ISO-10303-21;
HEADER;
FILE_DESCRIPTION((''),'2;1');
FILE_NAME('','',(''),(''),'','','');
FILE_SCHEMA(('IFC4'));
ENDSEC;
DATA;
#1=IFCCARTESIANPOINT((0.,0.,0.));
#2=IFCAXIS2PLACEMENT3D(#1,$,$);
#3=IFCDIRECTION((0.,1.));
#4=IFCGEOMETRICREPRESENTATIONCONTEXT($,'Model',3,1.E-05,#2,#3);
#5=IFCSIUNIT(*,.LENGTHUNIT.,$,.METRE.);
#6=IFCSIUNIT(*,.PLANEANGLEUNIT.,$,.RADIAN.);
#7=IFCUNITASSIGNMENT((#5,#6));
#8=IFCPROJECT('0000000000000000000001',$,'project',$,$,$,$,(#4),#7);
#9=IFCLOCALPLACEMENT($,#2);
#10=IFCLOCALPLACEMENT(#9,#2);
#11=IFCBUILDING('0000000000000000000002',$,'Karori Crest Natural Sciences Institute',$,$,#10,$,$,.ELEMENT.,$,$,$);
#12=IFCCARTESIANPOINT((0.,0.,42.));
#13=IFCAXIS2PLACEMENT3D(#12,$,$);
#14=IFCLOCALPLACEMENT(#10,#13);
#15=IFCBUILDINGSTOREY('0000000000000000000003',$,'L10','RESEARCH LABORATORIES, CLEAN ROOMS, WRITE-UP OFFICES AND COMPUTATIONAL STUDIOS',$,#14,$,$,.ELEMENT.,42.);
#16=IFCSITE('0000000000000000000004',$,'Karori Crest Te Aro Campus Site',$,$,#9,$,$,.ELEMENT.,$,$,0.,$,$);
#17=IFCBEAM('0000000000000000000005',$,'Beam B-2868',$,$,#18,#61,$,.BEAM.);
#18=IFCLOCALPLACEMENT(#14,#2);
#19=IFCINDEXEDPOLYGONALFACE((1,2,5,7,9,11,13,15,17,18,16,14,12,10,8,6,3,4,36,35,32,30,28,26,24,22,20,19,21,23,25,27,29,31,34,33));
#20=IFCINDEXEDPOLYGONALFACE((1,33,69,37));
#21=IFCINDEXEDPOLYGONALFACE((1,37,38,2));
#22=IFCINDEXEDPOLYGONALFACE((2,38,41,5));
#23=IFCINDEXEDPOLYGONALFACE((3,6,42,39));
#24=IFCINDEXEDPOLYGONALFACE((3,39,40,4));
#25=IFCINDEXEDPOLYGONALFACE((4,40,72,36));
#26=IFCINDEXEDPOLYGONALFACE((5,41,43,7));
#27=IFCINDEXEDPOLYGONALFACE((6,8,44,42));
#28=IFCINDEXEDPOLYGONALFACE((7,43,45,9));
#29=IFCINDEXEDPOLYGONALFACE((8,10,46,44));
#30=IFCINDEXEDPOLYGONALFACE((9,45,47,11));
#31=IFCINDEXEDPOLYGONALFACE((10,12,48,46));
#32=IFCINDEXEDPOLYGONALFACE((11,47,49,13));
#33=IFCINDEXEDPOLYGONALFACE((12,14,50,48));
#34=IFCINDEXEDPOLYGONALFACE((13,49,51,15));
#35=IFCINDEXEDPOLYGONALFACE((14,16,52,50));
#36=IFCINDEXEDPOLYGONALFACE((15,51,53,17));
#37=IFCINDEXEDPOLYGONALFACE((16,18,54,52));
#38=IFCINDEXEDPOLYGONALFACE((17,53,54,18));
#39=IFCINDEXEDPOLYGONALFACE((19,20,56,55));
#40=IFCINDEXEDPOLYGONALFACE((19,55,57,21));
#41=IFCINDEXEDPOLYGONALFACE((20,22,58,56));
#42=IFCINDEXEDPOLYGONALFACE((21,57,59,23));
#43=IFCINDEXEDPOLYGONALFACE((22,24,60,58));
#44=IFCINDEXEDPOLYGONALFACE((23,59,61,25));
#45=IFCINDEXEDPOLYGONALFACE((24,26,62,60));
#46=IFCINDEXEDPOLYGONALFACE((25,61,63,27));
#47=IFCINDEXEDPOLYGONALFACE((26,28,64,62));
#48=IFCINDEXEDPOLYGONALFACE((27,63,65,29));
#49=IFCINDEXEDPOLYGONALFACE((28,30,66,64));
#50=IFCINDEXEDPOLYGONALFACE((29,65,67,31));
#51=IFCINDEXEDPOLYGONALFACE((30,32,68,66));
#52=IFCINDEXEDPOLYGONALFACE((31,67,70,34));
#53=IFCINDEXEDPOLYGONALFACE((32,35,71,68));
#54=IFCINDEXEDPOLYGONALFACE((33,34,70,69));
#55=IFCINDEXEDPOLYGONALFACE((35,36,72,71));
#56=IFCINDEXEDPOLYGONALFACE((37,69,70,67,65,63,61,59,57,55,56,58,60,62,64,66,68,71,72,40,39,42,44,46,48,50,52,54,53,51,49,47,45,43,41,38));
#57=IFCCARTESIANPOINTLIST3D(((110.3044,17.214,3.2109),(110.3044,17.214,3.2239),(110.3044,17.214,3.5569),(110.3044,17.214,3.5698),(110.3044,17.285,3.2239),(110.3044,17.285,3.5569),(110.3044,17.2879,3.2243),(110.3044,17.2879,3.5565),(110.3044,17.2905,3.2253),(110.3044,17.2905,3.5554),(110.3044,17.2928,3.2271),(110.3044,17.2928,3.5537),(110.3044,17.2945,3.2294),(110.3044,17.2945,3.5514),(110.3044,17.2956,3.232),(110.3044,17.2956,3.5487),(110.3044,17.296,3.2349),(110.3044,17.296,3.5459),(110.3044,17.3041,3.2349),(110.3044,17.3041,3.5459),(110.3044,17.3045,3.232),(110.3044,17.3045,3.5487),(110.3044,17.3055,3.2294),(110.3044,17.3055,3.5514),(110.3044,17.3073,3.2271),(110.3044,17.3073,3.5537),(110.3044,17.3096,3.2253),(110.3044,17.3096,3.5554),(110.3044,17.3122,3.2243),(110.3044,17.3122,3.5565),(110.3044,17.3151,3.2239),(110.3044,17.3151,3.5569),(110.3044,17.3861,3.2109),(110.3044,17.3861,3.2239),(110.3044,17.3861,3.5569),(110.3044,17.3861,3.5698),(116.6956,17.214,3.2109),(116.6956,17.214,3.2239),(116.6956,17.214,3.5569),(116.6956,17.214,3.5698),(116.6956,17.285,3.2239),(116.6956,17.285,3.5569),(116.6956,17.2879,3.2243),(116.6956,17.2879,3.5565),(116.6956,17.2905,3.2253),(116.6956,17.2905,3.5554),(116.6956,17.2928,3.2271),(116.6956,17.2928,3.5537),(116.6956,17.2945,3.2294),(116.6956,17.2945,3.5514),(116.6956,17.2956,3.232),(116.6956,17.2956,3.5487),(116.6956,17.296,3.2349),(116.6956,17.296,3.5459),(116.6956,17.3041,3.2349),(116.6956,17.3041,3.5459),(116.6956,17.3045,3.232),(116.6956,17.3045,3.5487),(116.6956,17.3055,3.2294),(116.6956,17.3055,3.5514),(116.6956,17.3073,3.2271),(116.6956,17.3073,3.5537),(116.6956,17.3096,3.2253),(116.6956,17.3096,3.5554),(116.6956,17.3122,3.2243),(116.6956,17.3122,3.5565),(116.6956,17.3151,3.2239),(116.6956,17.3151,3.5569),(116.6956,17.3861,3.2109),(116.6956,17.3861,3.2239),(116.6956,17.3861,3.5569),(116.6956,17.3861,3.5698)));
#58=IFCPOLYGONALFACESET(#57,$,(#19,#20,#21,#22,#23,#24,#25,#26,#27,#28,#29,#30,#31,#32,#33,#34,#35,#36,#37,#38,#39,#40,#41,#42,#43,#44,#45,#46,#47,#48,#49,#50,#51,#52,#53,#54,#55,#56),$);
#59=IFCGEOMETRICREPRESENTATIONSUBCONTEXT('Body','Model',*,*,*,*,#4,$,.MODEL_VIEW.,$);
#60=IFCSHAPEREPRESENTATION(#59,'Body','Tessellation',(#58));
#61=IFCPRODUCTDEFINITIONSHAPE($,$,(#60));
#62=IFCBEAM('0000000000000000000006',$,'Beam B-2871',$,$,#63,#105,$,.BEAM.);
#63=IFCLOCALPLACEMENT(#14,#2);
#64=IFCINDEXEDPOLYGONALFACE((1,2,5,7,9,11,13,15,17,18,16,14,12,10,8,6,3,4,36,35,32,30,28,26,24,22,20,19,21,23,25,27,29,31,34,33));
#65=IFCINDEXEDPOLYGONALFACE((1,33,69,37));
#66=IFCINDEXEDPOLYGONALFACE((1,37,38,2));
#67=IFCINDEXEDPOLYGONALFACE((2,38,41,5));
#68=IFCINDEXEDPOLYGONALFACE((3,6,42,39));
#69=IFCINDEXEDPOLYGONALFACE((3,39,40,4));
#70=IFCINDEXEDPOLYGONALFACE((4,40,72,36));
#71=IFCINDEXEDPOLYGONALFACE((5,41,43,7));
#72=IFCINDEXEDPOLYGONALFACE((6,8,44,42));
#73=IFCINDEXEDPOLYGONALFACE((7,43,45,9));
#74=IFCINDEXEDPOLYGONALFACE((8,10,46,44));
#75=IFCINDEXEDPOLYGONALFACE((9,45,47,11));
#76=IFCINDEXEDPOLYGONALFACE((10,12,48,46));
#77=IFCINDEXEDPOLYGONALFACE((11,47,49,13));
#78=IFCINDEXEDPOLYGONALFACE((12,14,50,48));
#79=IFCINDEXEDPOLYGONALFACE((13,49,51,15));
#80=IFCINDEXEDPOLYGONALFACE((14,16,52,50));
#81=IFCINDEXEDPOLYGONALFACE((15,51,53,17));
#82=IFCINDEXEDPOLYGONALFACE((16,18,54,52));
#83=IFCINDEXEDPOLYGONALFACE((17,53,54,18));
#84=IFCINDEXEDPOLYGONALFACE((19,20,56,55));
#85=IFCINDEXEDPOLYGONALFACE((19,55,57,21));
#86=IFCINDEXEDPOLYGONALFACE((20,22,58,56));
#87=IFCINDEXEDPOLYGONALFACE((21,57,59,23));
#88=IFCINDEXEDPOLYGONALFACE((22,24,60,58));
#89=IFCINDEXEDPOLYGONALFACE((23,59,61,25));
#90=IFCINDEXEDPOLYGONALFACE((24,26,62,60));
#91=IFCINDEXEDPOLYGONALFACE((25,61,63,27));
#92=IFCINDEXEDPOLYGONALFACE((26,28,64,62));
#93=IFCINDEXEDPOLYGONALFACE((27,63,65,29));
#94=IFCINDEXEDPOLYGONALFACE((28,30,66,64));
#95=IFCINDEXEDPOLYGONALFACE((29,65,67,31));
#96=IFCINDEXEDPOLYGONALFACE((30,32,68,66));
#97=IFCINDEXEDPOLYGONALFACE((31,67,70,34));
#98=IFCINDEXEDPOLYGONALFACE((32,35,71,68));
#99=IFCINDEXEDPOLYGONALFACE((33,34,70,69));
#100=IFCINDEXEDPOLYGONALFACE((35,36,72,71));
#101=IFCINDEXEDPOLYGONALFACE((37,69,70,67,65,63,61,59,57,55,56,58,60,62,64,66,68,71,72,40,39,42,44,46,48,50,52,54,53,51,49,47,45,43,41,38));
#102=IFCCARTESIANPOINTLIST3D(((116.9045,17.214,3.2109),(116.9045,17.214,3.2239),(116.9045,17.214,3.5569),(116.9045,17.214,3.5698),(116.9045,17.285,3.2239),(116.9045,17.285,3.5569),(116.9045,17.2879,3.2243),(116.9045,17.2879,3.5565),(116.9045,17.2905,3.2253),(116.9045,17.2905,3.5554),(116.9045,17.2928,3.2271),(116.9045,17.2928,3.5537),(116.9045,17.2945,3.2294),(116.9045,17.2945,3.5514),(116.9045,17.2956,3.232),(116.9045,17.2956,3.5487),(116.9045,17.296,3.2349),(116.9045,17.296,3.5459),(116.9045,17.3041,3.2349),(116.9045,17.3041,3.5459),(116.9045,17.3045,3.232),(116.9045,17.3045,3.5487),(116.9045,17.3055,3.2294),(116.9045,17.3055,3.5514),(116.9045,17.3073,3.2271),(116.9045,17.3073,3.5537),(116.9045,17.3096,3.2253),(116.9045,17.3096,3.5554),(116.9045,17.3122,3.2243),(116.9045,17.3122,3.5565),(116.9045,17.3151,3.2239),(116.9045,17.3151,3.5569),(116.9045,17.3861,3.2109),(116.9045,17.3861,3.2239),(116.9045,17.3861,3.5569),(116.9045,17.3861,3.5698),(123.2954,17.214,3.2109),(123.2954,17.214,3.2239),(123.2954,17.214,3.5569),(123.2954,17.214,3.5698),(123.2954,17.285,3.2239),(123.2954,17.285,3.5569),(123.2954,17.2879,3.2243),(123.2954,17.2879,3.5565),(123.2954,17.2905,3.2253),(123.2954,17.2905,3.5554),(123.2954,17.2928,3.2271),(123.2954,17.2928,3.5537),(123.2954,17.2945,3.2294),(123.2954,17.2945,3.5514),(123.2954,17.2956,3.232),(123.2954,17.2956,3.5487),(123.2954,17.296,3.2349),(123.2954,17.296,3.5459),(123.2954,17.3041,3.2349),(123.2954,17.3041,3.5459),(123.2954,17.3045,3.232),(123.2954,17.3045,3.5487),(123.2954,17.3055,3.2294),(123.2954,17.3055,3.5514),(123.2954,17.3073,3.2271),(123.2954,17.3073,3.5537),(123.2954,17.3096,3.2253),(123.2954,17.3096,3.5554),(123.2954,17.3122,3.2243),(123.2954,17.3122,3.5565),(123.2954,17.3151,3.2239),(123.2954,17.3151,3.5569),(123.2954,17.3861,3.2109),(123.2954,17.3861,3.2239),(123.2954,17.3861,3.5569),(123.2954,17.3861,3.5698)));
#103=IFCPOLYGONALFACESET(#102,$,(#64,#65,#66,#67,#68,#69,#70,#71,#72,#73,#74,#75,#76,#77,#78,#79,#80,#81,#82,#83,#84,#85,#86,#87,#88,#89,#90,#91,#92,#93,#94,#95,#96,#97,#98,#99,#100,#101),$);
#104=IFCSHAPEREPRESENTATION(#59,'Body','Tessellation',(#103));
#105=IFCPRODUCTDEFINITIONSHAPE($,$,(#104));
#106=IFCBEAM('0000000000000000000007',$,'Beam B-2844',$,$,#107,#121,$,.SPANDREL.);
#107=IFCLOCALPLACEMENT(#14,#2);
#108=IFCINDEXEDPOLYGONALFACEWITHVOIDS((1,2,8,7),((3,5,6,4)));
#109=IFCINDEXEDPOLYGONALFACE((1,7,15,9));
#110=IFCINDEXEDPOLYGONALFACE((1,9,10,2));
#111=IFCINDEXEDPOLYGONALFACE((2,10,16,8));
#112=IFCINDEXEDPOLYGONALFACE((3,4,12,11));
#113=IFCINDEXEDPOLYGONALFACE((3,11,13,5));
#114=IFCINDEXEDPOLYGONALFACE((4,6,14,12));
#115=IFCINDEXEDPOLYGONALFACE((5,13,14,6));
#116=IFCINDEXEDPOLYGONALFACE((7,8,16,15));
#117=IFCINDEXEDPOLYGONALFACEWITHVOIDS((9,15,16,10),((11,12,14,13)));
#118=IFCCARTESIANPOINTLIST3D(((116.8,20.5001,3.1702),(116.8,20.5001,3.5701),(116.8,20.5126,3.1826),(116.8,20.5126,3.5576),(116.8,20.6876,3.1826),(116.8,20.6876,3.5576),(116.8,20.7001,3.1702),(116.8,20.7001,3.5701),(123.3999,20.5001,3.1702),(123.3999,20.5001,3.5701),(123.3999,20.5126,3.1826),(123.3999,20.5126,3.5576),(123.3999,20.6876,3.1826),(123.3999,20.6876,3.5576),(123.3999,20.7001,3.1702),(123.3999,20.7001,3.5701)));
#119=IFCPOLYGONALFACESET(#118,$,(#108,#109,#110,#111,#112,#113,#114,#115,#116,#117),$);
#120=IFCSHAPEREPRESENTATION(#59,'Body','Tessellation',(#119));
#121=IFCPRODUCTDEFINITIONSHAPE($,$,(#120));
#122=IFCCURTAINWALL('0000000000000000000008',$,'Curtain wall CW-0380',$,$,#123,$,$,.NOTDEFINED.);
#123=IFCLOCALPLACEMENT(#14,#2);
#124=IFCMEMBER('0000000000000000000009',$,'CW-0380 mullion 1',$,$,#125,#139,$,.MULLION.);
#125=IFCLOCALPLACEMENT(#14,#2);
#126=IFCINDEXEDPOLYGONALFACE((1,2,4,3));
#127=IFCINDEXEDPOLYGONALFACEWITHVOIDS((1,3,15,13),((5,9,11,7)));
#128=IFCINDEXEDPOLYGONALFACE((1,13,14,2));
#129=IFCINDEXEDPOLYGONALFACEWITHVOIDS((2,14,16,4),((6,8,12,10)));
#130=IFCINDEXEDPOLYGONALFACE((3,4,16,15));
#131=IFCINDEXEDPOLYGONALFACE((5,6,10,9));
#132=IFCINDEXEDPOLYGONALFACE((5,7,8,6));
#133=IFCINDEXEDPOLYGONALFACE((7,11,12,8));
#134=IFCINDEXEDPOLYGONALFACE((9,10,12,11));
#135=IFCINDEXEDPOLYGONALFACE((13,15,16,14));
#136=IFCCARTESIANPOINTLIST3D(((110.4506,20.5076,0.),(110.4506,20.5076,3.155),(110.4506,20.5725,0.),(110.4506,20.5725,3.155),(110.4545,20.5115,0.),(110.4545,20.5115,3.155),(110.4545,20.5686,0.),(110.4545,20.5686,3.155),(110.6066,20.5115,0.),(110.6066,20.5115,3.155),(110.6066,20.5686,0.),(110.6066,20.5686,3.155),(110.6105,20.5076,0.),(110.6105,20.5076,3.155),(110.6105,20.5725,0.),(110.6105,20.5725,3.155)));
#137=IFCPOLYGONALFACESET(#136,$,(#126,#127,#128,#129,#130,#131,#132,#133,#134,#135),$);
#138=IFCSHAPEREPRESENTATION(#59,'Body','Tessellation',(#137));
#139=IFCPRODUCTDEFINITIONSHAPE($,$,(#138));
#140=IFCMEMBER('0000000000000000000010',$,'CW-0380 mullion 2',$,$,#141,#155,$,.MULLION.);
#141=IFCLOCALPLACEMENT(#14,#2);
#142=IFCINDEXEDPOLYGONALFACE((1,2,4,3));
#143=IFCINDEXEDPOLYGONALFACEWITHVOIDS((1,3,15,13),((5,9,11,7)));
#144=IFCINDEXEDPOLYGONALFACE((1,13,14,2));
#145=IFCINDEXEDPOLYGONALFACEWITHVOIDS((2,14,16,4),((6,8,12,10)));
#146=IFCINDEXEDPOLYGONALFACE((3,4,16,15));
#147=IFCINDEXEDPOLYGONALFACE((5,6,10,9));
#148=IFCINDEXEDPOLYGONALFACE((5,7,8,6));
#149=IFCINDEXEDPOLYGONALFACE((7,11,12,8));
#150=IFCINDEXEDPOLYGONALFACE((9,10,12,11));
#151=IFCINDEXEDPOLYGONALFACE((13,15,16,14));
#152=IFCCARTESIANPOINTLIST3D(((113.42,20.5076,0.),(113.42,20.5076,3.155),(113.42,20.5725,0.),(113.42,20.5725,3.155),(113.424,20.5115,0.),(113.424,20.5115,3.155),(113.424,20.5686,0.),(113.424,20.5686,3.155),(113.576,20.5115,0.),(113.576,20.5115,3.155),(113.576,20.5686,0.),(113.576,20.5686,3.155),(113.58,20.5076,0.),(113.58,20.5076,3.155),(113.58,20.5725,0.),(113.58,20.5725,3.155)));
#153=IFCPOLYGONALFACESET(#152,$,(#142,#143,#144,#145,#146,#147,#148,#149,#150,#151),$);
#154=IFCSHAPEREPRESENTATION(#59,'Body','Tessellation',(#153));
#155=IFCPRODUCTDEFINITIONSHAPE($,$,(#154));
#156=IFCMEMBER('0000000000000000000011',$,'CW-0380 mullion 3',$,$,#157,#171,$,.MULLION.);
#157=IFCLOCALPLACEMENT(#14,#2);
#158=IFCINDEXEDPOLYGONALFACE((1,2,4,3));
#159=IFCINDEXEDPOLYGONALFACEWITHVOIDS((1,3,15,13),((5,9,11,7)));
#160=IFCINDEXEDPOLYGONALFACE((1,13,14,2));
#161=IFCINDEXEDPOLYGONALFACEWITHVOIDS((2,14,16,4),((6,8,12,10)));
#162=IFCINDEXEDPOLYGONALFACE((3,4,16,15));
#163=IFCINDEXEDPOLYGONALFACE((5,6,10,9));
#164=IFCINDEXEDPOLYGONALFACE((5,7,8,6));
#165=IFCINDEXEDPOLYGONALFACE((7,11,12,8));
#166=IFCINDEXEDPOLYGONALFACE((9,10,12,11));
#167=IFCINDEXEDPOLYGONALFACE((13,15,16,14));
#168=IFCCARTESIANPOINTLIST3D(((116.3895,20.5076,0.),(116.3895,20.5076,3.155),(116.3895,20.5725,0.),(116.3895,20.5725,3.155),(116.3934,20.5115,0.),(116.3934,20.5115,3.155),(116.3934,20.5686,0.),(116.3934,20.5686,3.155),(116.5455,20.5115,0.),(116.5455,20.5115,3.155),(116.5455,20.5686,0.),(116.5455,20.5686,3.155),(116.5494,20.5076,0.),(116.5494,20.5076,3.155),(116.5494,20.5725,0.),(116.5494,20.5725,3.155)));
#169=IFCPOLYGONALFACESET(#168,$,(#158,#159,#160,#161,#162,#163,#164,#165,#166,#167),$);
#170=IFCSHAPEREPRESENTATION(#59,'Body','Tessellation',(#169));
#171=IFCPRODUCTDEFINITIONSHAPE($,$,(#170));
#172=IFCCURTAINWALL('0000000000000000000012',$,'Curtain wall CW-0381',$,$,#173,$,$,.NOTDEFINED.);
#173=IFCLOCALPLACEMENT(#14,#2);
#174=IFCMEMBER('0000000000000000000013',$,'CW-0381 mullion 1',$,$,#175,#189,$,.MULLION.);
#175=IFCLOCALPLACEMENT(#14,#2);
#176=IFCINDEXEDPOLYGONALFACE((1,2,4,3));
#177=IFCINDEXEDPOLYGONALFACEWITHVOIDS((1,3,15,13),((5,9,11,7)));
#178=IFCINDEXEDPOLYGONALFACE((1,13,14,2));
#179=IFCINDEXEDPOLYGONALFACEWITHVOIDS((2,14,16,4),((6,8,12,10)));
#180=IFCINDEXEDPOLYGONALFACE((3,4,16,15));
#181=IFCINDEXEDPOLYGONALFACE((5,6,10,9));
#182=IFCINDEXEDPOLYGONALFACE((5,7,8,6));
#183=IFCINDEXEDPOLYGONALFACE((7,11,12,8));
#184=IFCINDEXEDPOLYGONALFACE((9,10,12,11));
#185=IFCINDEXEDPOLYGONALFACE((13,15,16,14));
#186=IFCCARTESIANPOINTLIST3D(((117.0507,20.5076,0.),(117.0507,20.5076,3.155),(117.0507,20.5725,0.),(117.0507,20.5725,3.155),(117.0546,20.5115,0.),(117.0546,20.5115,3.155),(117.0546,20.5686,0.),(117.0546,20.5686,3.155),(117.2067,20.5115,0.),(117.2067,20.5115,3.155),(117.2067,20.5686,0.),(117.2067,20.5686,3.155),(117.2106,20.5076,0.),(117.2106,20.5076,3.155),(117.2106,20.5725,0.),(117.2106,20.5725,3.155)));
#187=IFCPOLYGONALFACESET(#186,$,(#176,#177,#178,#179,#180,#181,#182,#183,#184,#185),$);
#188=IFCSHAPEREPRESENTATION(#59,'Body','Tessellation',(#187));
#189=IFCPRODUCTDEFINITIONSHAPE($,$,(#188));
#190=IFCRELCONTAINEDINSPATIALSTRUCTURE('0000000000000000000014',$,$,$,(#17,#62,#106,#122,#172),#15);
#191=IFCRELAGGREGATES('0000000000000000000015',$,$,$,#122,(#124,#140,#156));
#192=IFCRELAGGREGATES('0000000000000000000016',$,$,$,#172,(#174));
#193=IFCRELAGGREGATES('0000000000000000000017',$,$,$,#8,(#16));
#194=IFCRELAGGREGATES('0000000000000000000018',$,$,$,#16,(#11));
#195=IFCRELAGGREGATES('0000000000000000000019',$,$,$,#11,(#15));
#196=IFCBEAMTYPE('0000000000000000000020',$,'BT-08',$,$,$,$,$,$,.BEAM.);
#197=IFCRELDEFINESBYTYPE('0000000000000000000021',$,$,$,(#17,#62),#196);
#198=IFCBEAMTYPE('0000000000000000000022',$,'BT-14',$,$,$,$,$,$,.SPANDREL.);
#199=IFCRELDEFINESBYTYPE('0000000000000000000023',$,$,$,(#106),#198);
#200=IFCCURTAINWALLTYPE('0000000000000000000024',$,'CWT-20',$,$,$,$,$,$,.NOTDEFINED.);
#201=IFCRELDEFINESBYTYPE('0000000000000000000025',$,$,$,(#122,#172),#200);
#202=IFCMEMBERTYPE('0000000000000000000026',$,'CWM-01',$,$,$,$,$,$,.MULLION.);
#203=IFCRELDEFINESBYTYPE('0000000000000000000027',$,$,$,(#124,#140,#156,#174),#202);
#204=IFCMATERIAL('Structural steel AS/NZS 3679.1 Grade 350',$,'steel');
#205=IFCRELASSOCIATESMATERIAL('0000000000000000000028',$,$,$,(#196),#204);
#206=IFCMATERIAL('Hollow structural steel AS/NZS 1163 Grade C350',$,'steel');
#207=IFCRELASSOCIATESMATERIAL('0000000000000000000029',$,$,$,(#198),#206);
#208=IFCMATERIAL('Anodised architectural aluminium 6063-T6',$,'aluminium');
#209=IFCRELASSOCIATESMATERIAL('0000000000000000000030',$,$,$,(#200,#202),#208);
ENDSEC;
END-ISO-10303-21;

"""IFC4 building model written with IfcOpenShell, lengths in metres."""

from ifc_helpers import new_model, si_unit, direction, frame, origin, origin_2d, place, context, subcontext, project, spatial, hollow_rectangle, i_section, extrude, material, material_profile, profile_set, type_object, element, aggregate, save


model = new_model("IFC4")

# Units and contexts
model_context = context("Model", 3, precision=1e-05, world=origin(), true_north=direction((0.0, 1.0)))
body_context = subcontext(model_context, "Body", "Model", "MODEL_VIEW")
ifc_project = project(units=[si_unit("LENGTHUNIT", "METRE"), si_unit("PLANEANGLEUNIT", "RADIAN")], contexts=[model_context])

# Site, building, storey
site_placement = place(None, origin())
site = spatial("IfcSite", under=ifc_project, at=site_placement, Name="Karori Crest Te Aro Campus Site", CompositionType="ELEMENT", RefElevation=0.0)
building_placement = place(site_placement, origin())
building = spatial("IfcBuilding", under=site, at=building_placement, Name="Karori Crest Natural Sciences Institute", CompositionType="ELEMENT")
storey_placement = place(building_placement, frame((0.0, 0.0, 42.0)))
storey = spatial("IfcBuildingStorey", under=building, at=storey_placement, Name="L10", Description="RESEARCH LABORATORIES, CLEAN ROOMS, WRITE-UP OFFICES AND COMPUTATIONAL STUDIOS", CompositionType="ELEMENT", Elevation=42.0)

# Shared definitions
ifc_material_1 = material(Name="Structural steel AS/NZS 3679.1 Grade 350", Category="steel")

# Beams
ifc_material_profile_1 = material_profile(ifc_material_1, i_section(OverallWidth=0.1721, OverallDepth=0.3589, WebThickness=0.0081, FlangeThickness=0.0129, FilletRadius=0.011, at=origin_2d()), Name="360UB56.7")
ifc_profile_set_1 = profile_set([ifc_material_profile_1], Name="Structural steel AS/NZS 3679.1 Grade 350")
beam_type_1 = type_object("IfcBeamType", Name="BT-08", PredefinedType="BEAM", material=ifc_profile_set_1)
beam_1_placement = place(storey_placement, frame((110.3044, 17.3, 3.3904), z_axis=(1.0, 0.0, 0.0), x_axis=(0.0, 1.0, 0.0)))
element("IfcBeam", 1, at=beam_1_placement, inside=storey, type_object=beam_type_1, Name="Beam B-2868", PredefinedType="BEAM", context=body_context, shape_type="SweptSolid", body=[
    extrude(i_section(OverallWidth=0.1721, OverallDepth=0.3589, WebThickness=0.0081, FlangeThickness=0.0129, FilletRadius=0.011, at=origin_2d()), origin(), (0.0, 0.0, 1.0), 6.3911),
])
beam_2_placement = place(storey_placement, frame((116.9045, 17.3, 3.3904), z_axis=(1.0, 0.0, 0.0), x_axis=(0.0, 1.0, 0.0)))
element("IfcBeam", 2, at=beam_2_placement, inside=storey, type_object=beam_type_1, Name="Beam B-2871", PredefinedType="BEAM", context=body_context, shape_type="SweptSolid", body=[
    extrude(i_section(OverallWidth=0.1721, OverallDepth=0.3589, WebThickness=0.0081, FlangeThickness=0.0129, FilletRadius=0.011, at=origin_2d()), origin(), (0.0, 0.0, 1.0), 6.3909),
])
ifc_material_2 = material(Name="Hollow structural steel AS/NZS 1163 Grade C350", Category="steel")
ifc_material_profile_2 = material_profile(ifc_material_2, hollow_rectangle(XDim=0.2, YDim=0.3999, WallThickness=0.0125, at=origin_2d()), Name="RHS400x200x12.5")
ifc_profile_set_2 = profile_set([ifc_material_profile_2], Name="Hollow structural steel AS/NZS 1163 Grade C350")
beam_type_2 = type_object("IfcBeamType", Name="BT-14", PredefinedType="SPANDREL", material=ifc_profile_set_2)
beam_3_placement = place(storey_placement, frame((116.8, 20.6001, 3.3701), z_axis=(1.0, 0.0, 0.0), x_axis=(0.0, 1.0, 0.0)))
element("IfcBeam", 3, at=beam_3_placement, inside=storey, type_object=beam_type_2, Name="Beam B-2844", PredefinedType="SPANDREL", context=body_context, shape_type="SweptSolid", body=[
    extrude(hollow_rectangle(XDim=0.2, YDim=0.3999, WallThickness=0.0125, at=origin_2d()), origin(), (0.0, 0.0, 1.0), 6.5999),
])

# Curtain wall, members
ifc_material_3 = material(Name="Anodised architectural aluminium 6063-T6", Category="aluminium")
curtain_wall_type = type_object("IfcCurtainWallType", Name="CWT-20", PredefinedType="NOTDEFINED", material=ifc_material_3)
curtain_wall_1_placement = place(storey_placement, origin())
curtain_wall_1 = element("IfcCurtainWall", 4, at=curtain_wall_1_placement, inside=storey, type_object=curtain_wall_type, Name="Curtain wall CW-0380", PredefinedType="NOTDEFINED")
ifc_material_profile_3 = material_profile(ifc_material_3, hollow_rectangle(XDim=0.0649, YDim=0.1599, WallThickness=0.0039, at=origin_2d()), Name="CWM160x65x4")
ifc_profile_set_3 = profile_set([ifc_material_profile_3], Name="Anodised architectural aluminium 6063-T6")
member_type_1 = type_object("IfcMemberType", Name="CWM-01", PredefinedType="MULLION", material=ifc_profile_set_3)
member_1_placement = place(storey_placement, frame((110.5305, 20.54, 0.0), z_axis=(0.0, 0.0, 1.0), x_axis=(0.0, 1.0, 0.0)))
member_1 = element("IfcMember", 5, at=member_1_placement, type_object=member_type_1, Name="CW-0380 mullion 1", PredefinedType="MULLION", context=body_context, shape_type="SweptSolid", body=[
    extrude(hollow_rectangle(XDim=0.0649, YDim=0.1599, WallThickness=0.0039, at=origin_2d()), origin(), (0.0, 0.0, 1.0), 3.155),
])
member_2_placement = place(storey_placement, frame((113.5, 20.54, 0.0), z_axis=(0.0, 0.0, 1.0), x_axis=(0.0, 1.0, 0.0)))
member_2 = element("IfcMember", 6, at=member_2_placement, type_object=member_type_1, Name="CW-0380 mullion 2", PredefinedType="MULLION", context=body_context, shape_type="SweptSolid", body=[
    extrude(hollow_rectangle(XDim=0.0649, YDim=0.1599, WallThickness=0.0039, at=origin_2d()), origin(), (0.0, 0.0, 1.0), 3.155),
])
member_3_placement = place(storey_placement, frame((116.4695, 20.54, 0.0), z_axis=(0.0, 0.0, 1.0), x_axis=(0.0, 1.0, 0.0)))
member_3 = element("IfcMember", 7, at=member_3_placement, type_object=member_type_1, Name="CW-0380 mullion 3", PredefinedType="MULLION", context=body_context, shape_type="SweptSolid", body=[
    extrude(hollow_rectangle(XDim=0.0649, YDim=0.1599, WallThickness=0.0039, at=origin_2d()), origin(), (0.0, 0.0, 1.0), 3.155),
])

# Curtain wall, member
curtain_wall_2_placement = place(storey_placement, origin())
curtain_wall_2 = element("IfcCurtainWall", 8, at=curtain_wall_2_placement, inside=storey, type_object=curtain_wall_type, Name="Curtain wall CW-0381", PredefinedType="NOTDEFINED")
member_4_placement = place(storey_placement, frame((117.1306, 20.54, 0.0), z_axis=(0.0, 0.0, 1.0), x_axis=(0.0, 1.0, 0.0)))
member_4 = element("IfcMember", 9, at=member_4_placement, type_object=member_type_1, Name="CW-0381 mullion 1", PredefinedType="MULLION", context=body_context, shape_type="SweptSolid", body=[
    extrude(hollow_rectangle(XDim=0.0649, YDim=0.1599, WallThickness=0.0039, at=origin_2d()), origin(), (0.0, 0.0, 1.0), 3.155),
])

aggregate(curtain_wall_1, [member_1, member_2, member_3])
aggregate(curtain_wall_2, [member_4])

save(model, "model.ifc")
